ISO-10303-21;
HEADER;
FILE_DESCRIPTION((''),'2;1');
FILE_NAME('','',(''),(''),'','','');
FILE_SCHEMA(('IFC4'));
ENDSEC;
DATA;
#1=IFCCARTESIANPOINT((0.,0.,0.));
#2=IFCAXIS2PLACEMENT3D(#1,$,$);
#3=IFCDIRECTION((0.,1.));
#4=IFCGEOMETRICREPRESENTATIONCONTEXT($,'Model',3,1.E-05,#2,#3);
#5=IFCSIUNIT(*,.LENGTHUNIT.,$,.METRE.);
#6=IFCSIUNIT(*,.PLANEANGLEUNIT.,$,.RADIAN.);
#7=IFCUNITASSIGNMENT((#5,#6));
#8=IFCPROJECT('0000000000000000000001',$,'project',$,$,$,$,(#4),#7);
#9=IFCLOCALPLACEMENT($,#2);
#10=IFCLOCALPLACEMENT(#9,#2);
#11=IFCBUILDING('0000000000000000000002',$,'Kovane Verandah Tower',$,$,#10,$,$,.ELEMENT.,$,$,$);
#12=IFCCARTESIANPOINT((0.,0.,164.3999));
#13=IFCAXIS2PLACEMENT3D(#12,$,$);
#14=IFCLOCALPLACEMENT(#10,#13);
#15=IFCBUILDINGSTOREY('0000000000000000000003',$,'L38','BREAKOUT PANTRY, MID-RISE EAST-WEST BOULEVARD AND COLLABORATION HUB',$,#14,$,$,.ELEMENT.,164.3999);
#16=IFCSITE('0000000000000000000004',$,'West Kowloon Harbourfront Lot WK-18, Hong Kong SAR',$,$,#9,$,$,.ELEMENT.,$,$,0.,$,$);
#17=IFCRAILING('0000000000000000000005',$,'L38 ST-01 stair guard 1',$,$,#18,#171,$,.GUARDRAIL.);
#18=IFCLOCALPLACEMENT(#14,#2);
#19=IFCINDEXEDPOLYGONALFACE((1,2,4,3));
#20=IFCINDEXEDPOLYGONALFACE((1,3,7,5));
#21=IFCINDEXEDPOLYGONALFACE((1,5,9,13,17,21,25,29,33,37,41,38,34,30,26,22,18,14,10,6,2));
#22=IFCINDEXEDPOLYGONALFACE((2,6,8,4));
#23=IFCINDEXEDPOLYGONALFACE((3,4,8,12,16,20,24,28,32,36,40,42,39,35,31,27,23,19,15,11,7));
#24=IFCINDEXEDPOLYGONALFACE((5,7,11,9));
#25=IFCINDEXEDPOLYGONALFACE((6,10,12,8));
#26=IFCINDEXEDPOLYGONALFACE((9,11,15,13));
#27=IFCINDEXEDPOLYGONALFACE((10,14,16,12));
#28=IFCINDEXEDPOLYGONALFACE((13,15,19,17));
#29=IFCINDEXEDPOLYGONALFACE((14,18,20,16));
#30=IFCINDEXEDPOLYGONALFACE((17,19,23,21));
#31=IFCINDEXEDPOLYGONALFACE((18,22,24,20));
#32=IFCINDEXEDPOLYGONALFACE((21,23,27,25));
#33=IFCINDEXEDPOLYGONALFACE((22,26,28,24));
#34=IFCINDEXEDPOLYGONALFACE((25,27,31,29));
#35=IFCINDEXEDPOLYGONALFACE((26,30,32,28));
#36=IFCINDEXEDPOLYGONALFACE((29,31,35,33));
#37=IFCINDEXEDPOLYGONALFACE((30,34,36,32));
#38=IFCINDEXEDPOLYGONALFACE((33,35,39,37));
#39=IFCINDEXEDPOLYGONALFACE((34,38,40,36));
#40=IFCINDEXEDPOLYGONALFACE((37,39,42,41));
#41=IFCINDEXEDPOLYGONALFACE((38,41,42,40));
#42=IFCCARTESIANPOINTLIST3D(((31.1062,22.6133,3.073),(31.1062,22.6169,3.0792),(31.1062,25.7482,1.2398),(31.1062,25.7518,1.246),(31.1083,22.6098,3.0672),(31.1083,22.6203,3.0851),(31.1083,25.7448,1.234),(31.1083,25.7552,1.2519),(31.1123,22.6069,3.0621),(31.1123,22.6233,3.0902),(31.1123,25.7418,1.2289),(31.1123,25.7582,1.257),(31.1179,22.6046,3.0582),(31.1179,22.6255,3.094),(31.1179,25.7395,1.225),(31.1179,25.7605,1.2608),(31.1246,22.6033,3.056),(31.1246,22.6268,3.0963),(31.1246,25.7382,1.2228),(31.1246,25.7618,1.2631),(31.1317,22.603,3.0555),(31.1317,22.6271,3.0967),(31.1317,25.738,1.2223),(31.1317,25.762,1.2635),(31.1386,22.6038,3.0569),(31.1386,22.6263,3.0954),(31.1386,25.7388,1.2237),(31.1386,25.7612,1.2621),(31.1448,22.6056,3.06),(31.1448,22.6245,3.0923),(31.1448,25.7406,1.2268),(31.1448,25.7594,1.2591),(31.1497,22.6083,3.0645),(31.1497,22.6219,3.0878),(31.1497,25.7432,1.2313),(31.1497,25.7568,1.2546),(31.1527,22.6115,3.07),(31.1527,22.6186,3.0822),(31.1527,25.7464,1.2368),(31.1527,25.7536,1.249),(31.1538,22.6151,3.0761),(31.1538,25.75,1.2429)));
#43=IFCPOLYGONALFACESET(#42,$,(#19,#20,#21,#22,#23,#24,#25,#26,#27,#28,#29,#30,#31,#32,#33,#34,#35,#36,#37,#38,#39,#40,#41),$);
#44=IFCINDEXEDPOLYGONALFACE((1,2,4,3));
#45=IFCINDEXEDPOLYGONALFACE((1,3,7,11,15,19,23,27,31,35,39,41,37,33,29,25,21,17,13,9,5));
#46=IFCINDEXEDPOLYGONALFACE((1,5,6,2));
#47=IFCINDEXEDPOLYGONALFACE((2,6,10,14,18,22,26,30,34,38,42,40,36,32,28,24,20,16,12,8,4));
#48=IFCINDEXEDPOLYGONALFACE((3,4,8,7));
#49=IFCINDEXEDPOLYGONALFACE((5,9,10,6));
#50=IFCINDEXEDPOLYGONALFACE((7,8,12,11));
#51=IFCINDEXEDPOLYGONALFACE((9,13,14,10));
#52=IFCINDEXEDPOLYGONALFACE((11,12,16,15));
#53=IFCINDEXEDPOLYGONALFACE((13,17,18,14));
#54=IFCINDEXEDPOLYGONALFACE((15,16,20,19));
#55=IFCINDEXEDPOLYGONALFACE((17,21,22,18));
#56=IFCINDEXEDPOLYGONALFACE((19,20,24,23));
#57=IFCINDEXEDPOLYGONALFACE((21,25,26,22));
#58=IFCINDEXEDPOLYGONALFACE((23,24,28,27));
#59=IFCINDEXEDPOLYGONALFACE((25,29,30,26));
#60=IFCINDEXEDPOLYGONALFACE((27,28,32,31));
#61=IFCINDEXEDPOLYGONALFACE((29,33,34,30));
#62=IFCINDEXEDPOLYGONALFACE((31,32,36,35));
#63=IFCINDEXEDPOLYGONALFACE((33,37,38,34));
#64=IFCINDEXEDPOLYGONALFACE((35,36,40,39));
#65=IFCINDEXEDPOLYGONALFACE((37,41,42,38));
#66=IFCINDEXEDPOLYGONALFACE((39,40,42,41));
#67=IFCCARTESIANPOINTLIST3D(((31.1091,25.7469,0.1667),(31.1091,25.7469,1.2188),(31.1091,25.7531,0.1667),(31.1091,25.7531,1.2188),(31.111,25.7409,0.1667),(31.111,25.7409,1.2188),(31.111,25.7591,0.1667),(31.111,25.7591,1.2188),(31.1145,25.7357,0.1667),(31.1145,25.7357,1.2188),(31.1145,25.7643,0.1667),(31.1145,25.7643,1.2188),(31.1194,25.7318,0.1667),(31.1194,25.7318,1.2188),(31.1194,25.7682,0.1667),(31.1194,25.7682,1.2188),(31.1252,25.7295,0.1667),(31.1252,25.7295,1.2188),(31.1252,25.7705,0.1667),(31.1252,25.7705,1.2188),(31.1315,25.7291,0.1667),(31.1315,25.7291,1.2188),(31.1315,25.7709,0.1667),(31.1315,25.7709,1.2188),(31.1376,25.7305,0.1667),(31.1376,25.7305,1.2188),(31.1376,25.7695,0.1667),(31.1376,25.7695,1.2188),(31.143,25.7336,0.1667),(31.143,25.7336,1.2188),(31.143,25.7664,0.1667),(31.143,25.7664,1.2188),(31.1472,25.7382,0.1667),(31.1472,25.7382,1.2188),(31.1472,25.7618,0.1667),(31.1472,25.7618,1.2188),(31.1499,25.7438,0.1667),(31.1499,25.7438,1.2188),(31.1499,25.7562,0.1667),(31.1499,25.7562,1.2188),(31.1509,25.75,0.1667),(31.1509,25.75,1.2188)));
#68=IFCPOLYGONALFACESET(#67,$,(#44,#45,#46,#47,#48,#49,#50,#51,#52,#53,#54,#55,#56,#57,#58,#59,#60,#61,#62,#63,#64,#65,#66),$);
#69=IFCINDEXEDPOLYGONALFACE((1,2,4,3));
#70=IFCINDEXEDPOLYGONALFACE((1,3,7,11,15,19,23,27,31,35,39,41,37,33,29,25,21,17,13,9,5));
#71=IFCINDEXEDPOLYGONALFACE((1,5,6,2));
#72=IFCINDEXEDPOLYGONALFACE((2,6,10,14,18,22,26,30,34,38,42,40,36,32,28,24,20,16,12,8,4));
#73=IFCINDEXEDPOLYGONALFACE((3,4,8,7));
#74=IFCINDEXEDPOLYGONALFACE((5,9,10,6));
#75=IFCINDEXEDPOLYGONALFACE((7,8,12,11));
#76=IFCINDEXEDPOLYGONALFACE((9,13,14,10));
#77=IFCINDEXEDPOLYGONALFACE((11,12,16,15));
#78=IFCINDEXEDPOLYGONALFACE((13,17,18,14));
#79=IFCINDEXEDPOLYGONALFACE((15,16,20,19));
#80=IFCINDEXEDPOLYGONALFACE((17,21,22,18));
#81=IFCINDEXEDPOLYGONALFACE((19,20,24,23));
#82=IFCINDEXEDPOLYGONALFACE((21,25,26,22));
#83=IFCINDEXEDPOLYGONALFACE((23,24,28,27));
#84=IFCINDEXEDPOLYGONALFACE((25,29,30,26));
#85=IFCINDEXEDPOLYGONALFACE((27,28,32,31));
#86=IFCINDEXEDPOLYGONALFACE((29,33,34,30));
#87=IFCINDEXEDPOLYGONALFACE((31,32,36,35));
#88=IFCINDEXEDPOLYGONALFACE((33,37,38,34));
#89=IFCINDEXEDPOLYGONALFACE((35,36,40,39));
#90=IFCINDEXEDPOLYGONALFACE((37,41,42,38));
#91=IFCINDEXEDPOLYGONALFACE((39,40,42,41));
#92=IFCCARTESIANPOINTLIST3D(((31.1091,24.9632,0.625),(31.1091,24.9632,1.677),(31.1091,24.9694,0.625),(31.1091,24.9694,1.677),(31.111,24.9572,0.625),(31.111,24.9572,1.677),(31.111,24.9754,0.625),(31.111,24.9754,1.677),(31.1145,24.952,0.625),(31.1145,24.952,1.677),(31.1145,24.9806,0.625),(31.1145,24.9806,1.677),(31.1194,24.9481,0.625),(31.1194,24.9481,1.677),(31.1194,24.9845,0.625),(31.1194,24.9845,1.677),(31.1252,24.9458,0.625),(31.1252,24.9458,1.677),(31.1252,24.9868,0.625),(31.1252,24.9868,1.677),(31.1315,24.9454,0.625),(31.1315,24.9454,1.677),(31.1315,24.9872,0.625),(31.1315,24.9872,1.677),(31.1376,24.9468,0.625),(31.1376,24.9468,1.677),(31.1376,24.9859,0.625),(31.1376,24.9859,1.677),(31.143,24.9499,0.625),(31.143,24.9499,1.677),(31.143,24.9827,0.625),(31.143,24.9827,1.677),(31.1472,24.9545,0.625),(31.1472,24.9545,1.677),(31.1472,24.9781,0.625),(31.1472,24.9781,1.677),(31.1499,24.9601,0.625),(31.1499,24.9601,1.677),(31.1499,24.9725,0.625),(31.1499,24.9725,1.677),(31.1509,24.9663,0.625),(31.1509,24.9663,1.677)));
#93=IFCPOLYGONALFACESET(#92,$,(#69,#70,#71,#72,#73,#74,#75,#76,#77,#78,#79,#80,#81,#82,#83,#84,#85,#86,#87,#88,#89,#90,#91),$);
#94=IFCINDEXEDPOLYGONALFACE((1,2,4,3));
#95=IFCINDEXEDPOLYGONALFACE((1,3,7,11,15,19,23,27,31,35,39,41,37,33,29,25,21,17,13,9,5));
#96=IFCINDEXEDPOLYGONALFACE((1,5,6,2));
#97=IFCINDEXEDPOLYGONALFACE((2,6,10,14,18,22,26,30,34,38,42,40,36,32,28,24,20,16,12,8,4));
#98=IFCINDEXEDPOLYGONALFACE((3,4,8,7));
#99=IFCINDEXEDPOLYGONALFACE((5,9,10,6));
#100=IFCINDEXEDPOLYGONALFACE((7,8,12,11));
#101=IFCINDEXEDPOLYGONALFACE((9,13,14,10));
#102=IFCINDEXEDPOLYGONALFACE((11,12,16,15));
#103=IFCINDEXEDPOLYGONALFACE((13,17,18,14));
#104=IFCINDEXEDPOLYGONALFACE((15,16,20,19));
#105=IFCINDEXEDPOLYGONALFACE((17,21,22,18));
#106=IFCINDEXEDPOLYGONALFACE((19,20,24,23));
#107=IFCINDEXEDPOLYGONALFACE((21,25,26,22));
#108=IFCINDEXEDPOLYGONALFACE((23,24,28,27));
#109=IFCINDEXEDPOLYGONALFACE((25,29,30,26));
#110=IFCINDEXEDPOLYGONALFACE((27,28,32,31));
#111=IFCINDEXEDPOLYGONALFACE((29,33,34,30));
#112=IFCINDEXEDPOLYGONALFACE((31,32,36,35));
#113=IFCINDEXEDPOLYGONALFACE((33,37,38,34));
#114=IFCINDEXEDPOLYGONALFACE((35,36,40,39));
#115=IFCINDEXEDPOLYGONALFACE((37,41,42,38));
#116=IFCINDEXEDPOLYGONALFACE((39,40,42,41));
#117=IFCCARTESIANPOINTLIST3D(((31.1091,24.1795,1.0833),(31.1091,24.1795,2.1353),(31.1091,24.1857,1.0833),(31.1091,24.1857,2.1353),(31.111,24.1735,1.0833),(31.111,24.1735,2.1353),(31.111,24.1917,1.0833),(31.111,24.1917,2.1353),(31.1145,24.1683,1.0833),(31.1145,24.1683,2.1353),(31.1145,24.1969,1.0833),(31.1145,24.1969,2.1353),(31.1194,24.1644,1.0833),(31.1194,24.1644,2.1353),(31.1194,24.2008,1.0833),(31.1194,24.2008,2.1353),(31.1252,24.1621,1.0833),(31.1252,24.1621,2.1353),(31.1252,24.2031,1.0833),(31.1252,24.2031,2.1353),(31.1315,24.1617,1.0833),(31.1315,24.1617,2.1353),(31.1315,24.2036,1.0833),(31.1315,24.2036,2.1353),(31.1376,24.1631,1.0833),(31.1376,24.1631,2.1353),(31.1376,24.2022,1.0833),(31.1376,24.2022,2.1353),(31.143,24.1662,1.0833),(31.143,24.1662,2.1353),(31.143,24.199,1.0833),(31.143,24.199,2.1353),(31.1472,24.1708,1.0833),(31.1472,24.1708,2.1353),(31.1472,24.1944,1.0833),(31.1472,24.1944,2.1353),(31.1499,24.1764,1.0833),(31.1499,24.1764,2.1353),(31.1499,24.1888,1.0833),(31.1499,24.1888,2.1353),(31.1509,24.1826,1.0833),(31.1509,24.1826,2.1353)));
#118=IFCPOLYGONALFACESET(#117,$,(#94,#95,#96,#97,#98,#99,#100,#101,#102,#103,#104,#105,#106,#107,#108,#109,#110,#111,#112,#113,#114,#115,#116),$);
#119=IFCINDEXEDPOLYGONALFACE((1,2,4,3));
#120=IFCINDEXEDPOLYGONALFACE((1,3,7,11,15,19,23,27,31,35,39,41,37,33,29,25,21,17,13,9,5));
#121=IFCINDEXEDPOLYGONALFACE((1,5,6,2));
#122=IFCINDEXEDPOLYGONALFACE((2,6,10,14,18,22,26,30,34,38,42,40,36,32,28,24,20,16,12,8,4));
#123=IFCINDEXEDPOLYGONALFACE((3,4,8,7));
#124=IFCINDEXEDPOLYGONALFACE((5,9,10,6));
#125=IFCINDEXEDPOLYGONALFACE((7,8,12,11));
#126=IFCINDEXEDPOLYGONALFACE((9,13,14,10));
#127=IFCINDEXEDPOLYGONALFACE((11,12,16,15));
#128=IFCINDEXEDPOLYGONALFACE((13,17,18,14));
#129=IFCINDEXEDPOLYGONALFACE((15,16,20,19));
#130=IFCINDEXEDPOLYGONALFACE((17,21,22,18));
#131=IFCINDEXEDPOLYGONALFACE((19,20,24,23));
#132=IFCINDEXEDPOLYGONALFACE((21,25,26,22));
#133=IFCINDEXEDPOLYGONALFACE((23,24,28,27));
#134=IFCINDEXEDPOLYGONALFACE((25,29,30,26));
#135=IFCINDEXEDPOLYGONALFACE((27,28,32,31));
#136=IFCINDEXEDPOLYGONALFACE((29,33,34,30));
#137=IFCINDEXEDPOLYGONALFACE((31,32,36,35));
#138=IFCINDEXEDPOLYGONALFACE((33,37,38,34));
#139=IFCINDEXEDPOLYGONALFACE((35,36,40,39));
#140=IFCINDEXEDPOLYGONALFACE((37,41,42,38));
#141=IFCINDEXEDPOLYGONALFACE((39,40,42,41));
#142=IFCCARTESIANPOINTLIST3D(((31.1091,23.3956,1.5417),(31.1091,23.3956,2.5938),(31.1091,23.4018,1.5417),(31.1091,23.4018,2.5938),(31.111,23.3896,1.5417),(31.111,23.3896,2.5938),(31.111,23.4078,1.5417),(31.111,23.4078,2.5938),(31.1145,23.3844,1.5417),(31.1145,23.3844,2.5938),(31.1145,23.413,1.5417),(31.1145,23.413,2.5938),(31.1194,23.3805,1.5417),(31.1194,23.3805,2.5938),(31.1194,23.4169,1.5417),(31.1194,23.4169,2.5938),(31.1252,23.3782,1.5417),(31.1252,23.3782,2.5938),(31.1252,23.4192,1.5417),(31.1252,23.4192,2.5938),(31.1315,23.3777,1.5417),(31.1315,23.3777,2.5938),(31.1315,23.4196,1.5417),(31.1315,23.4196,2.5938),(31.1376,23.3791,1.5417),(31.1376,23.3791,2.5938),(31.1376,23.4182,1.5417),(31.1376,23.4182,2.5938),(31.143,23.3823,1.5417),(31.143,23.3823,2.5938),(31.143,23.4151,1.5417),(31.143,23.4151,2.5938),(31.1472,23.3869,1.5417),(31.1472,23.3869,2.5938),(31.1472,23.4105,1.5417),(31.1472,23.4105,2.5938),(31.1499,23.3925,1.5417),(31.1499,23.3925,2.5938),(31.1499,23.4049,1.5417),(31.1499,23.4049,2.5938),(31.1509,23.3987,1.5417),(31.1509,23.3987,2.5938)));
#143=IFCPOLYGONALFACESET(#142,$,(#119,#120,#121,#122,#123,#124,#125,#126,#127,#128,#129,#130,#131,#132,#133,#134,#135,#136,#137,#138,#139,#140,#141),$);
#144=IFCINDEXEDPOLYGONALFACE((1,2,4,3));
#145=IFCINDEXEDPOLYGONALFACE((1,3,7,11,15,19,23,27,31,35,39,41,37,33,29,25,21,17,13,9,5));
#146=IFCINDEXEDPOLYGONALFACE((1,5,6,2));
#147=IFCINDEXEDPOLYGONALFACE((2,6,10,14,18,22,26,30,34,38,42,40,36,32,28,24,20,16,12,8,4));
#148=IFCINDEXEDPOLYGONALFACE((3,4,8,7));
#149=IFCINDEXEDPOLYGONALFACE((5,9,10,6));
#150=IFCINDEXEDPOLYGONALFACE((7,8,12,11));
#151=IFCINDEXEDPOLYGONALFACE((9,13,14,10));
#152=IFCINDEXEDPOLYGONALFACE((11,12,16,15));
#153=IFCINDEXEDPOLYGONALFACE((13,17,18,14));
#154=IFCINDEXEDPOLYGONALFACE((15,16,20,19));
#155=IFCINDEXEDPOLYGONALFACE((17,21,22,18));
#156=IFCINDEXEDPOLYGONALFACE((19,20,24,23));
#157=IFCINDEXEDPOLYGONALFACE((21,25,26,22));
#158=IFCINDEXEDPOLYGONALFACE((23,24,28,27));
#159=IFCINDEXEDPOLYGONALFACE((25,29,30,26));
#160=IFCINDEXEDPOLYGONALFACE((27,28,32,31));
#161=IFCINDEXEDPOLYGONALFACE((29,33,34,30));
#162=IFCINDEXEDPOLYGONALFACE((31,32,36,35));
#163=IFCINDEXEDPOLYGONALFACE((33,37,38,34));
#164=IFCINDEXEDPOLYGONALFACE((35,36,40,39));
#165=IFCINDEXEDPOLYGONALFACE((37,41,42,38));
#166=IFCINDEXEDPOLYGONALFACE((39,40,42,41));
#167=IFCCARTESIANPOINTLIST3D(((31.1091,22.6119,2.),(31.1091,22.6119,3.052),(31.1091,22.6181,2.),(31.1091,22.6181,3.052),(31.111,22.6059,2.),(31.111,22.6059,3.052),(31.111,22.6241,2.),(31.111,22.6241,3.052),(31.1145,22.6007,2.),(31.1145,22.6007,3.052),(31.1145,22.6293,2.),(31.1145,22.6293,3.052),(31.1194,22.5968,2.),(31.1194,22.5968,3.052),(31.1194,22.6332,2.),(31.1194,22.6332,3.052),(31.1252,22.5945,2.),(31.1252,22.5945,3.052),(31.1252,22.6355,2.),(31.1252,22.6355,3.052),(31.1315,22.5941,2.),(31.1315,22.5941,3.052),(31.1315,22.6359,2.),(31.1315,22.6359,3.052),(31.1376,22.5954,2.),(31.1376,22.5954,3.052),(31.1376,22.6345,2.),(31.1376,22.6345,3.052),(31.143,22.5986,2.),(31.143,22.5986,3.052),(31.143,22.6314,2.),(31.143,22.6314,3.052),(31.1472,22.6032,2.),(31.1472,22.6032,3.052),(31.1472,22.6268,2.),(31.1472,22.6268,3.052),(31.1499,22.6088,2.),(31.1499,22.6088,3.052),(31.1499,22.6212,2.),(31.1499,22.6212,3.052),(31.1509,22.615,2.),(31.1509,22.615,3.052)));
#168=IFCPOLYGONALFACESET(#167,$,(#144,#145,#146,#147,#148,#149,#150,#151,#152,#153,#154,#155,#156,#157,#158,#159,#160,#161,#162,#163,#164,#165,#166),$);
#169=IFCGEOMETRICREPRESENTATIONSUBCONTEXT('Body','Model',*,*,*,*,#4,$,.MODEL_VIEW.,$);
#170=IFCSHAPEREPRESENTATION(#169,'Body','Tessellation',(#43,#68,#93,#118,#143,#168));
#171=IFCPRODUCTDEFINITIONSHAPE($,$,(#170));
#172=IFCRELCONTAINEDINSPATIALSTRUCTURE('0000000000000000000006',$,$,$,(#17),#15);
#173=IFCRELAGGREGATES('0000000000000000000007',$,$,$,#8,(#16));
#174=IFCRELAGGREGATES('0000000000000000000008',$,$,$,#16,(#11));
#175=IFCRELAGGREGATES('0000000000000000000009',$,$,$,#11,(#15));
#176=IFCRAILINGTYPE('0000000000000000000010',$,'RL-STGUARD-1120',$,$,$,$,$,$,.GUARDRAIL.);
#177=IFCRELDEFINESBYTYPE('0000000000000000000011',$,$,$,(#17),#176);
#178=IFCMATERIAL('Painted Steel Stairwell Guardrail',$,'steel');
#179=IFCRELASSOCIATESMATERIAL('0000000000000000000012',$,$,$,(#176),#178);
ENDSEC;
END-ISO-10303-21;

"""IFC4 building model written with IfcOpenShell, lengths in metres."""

from ifc_helpers import new_model, si_unit, direction, frame, origin, origin_2d, place, context, subcontext, project, spatial, circle, extrude, material, type_object, element, save


model = new_model("IFC4")

# Units and contexts
model_context = context("Model", 3, precision=1e-05, world=origin(), true_north=direction((0.0, 1.0)))
body_context = subcontext(model_context, "Body", "Model", "MODEL_VIEW")
ifc_project = project(units=[si_unit("LENGTHUNIT", "METRE"), si_unit("PLANEANGLEUNIT", "RADIAN")], contexts=[model_context])

# Site, building, storey
site_placement = place(None, origin())
site = spatial("IfcSite", under=ifc_project, at=site_placement, Name="West Kowloon Harbourfront Lot WK-18, Hong Kong SAR", CompositionType="ELEMENT", RefElevation=0.0)
building_placement = place(site_placement, origin())
building = spatial("IfcBuilding", under=site, at=building_placement, Name="Kovane Verandah Tower", CompositionType="ELEMENT")
storey_placement = place(building_placement, frame((0.0, 0.0, 164.3999)))
storey = spatial("IfcBuildingStorey", under=building, at=storey_placement, Name="L38", Description="BREAKOUT PANTRY, MID-RISE EAST-WEST BOULEVARD AND COLLABORATION HUB", CompositionType="ELEMENT", Elevation=164.3999)

# Railing
ifc_material_1 = material(Name="Painted Steel Stairwell Guardrail", Category="steel")
railing_type_1 = type_object("IfcRailingType", Name="RL-STGUARD-1120", PredefinedType="GUARDRAIL", material=ifc_material_1)
railing_1_placement = place(storey_placement, frame((31.1299, 25.75, 0.1667)))
element("IfcRailing", 1, at=railing_1_placement, inside=storey, type_object=railing_type_1, Name="L38 ST-01 stair guard 1", PredefinedType="GUARDRAIL", context=body_context, shape_type="SweptSolid", body=[
    extrude(circle(Radius=0.0239, at=origin_2d()), frame((0.0, 0.0, 1.0762), z_axis=(0.0, -0.86324, 0.504794), x_axis=(1.0, 0.0, 0.0)), (0.0, 0.0, 1.0), 3.6316),
    extrude(circle(Radius=0.021, at=origin_2d()), origin(), (0.0, 0.0, 1.0), 1.052),
    extrude(circle(Radius=0.021, at=origin_2d()), frame((0.0, -0.7837, 0.4583)), (0.0, 0.0, 1.0), 1.052),
    extrude(circle(Radius=0.021, at=origin_2d()), frame((0.0, -1.5674, 0.9165)), (0.0, 0.0, 1.0), 1.052),
    extrude(circle(Radius=0.021, at=origin_2d()), frame((0.0, -2.3513, 1.375)), (0.0, 0.0, 1.0), 1.052),
    extrude(circle(Radius=0.021, at=origin_2d()), frame((0.0, -3.135, 1.8333)), (0.0, 0.0, 1.0), 1.052),
])

save(model, "model.ifc")
